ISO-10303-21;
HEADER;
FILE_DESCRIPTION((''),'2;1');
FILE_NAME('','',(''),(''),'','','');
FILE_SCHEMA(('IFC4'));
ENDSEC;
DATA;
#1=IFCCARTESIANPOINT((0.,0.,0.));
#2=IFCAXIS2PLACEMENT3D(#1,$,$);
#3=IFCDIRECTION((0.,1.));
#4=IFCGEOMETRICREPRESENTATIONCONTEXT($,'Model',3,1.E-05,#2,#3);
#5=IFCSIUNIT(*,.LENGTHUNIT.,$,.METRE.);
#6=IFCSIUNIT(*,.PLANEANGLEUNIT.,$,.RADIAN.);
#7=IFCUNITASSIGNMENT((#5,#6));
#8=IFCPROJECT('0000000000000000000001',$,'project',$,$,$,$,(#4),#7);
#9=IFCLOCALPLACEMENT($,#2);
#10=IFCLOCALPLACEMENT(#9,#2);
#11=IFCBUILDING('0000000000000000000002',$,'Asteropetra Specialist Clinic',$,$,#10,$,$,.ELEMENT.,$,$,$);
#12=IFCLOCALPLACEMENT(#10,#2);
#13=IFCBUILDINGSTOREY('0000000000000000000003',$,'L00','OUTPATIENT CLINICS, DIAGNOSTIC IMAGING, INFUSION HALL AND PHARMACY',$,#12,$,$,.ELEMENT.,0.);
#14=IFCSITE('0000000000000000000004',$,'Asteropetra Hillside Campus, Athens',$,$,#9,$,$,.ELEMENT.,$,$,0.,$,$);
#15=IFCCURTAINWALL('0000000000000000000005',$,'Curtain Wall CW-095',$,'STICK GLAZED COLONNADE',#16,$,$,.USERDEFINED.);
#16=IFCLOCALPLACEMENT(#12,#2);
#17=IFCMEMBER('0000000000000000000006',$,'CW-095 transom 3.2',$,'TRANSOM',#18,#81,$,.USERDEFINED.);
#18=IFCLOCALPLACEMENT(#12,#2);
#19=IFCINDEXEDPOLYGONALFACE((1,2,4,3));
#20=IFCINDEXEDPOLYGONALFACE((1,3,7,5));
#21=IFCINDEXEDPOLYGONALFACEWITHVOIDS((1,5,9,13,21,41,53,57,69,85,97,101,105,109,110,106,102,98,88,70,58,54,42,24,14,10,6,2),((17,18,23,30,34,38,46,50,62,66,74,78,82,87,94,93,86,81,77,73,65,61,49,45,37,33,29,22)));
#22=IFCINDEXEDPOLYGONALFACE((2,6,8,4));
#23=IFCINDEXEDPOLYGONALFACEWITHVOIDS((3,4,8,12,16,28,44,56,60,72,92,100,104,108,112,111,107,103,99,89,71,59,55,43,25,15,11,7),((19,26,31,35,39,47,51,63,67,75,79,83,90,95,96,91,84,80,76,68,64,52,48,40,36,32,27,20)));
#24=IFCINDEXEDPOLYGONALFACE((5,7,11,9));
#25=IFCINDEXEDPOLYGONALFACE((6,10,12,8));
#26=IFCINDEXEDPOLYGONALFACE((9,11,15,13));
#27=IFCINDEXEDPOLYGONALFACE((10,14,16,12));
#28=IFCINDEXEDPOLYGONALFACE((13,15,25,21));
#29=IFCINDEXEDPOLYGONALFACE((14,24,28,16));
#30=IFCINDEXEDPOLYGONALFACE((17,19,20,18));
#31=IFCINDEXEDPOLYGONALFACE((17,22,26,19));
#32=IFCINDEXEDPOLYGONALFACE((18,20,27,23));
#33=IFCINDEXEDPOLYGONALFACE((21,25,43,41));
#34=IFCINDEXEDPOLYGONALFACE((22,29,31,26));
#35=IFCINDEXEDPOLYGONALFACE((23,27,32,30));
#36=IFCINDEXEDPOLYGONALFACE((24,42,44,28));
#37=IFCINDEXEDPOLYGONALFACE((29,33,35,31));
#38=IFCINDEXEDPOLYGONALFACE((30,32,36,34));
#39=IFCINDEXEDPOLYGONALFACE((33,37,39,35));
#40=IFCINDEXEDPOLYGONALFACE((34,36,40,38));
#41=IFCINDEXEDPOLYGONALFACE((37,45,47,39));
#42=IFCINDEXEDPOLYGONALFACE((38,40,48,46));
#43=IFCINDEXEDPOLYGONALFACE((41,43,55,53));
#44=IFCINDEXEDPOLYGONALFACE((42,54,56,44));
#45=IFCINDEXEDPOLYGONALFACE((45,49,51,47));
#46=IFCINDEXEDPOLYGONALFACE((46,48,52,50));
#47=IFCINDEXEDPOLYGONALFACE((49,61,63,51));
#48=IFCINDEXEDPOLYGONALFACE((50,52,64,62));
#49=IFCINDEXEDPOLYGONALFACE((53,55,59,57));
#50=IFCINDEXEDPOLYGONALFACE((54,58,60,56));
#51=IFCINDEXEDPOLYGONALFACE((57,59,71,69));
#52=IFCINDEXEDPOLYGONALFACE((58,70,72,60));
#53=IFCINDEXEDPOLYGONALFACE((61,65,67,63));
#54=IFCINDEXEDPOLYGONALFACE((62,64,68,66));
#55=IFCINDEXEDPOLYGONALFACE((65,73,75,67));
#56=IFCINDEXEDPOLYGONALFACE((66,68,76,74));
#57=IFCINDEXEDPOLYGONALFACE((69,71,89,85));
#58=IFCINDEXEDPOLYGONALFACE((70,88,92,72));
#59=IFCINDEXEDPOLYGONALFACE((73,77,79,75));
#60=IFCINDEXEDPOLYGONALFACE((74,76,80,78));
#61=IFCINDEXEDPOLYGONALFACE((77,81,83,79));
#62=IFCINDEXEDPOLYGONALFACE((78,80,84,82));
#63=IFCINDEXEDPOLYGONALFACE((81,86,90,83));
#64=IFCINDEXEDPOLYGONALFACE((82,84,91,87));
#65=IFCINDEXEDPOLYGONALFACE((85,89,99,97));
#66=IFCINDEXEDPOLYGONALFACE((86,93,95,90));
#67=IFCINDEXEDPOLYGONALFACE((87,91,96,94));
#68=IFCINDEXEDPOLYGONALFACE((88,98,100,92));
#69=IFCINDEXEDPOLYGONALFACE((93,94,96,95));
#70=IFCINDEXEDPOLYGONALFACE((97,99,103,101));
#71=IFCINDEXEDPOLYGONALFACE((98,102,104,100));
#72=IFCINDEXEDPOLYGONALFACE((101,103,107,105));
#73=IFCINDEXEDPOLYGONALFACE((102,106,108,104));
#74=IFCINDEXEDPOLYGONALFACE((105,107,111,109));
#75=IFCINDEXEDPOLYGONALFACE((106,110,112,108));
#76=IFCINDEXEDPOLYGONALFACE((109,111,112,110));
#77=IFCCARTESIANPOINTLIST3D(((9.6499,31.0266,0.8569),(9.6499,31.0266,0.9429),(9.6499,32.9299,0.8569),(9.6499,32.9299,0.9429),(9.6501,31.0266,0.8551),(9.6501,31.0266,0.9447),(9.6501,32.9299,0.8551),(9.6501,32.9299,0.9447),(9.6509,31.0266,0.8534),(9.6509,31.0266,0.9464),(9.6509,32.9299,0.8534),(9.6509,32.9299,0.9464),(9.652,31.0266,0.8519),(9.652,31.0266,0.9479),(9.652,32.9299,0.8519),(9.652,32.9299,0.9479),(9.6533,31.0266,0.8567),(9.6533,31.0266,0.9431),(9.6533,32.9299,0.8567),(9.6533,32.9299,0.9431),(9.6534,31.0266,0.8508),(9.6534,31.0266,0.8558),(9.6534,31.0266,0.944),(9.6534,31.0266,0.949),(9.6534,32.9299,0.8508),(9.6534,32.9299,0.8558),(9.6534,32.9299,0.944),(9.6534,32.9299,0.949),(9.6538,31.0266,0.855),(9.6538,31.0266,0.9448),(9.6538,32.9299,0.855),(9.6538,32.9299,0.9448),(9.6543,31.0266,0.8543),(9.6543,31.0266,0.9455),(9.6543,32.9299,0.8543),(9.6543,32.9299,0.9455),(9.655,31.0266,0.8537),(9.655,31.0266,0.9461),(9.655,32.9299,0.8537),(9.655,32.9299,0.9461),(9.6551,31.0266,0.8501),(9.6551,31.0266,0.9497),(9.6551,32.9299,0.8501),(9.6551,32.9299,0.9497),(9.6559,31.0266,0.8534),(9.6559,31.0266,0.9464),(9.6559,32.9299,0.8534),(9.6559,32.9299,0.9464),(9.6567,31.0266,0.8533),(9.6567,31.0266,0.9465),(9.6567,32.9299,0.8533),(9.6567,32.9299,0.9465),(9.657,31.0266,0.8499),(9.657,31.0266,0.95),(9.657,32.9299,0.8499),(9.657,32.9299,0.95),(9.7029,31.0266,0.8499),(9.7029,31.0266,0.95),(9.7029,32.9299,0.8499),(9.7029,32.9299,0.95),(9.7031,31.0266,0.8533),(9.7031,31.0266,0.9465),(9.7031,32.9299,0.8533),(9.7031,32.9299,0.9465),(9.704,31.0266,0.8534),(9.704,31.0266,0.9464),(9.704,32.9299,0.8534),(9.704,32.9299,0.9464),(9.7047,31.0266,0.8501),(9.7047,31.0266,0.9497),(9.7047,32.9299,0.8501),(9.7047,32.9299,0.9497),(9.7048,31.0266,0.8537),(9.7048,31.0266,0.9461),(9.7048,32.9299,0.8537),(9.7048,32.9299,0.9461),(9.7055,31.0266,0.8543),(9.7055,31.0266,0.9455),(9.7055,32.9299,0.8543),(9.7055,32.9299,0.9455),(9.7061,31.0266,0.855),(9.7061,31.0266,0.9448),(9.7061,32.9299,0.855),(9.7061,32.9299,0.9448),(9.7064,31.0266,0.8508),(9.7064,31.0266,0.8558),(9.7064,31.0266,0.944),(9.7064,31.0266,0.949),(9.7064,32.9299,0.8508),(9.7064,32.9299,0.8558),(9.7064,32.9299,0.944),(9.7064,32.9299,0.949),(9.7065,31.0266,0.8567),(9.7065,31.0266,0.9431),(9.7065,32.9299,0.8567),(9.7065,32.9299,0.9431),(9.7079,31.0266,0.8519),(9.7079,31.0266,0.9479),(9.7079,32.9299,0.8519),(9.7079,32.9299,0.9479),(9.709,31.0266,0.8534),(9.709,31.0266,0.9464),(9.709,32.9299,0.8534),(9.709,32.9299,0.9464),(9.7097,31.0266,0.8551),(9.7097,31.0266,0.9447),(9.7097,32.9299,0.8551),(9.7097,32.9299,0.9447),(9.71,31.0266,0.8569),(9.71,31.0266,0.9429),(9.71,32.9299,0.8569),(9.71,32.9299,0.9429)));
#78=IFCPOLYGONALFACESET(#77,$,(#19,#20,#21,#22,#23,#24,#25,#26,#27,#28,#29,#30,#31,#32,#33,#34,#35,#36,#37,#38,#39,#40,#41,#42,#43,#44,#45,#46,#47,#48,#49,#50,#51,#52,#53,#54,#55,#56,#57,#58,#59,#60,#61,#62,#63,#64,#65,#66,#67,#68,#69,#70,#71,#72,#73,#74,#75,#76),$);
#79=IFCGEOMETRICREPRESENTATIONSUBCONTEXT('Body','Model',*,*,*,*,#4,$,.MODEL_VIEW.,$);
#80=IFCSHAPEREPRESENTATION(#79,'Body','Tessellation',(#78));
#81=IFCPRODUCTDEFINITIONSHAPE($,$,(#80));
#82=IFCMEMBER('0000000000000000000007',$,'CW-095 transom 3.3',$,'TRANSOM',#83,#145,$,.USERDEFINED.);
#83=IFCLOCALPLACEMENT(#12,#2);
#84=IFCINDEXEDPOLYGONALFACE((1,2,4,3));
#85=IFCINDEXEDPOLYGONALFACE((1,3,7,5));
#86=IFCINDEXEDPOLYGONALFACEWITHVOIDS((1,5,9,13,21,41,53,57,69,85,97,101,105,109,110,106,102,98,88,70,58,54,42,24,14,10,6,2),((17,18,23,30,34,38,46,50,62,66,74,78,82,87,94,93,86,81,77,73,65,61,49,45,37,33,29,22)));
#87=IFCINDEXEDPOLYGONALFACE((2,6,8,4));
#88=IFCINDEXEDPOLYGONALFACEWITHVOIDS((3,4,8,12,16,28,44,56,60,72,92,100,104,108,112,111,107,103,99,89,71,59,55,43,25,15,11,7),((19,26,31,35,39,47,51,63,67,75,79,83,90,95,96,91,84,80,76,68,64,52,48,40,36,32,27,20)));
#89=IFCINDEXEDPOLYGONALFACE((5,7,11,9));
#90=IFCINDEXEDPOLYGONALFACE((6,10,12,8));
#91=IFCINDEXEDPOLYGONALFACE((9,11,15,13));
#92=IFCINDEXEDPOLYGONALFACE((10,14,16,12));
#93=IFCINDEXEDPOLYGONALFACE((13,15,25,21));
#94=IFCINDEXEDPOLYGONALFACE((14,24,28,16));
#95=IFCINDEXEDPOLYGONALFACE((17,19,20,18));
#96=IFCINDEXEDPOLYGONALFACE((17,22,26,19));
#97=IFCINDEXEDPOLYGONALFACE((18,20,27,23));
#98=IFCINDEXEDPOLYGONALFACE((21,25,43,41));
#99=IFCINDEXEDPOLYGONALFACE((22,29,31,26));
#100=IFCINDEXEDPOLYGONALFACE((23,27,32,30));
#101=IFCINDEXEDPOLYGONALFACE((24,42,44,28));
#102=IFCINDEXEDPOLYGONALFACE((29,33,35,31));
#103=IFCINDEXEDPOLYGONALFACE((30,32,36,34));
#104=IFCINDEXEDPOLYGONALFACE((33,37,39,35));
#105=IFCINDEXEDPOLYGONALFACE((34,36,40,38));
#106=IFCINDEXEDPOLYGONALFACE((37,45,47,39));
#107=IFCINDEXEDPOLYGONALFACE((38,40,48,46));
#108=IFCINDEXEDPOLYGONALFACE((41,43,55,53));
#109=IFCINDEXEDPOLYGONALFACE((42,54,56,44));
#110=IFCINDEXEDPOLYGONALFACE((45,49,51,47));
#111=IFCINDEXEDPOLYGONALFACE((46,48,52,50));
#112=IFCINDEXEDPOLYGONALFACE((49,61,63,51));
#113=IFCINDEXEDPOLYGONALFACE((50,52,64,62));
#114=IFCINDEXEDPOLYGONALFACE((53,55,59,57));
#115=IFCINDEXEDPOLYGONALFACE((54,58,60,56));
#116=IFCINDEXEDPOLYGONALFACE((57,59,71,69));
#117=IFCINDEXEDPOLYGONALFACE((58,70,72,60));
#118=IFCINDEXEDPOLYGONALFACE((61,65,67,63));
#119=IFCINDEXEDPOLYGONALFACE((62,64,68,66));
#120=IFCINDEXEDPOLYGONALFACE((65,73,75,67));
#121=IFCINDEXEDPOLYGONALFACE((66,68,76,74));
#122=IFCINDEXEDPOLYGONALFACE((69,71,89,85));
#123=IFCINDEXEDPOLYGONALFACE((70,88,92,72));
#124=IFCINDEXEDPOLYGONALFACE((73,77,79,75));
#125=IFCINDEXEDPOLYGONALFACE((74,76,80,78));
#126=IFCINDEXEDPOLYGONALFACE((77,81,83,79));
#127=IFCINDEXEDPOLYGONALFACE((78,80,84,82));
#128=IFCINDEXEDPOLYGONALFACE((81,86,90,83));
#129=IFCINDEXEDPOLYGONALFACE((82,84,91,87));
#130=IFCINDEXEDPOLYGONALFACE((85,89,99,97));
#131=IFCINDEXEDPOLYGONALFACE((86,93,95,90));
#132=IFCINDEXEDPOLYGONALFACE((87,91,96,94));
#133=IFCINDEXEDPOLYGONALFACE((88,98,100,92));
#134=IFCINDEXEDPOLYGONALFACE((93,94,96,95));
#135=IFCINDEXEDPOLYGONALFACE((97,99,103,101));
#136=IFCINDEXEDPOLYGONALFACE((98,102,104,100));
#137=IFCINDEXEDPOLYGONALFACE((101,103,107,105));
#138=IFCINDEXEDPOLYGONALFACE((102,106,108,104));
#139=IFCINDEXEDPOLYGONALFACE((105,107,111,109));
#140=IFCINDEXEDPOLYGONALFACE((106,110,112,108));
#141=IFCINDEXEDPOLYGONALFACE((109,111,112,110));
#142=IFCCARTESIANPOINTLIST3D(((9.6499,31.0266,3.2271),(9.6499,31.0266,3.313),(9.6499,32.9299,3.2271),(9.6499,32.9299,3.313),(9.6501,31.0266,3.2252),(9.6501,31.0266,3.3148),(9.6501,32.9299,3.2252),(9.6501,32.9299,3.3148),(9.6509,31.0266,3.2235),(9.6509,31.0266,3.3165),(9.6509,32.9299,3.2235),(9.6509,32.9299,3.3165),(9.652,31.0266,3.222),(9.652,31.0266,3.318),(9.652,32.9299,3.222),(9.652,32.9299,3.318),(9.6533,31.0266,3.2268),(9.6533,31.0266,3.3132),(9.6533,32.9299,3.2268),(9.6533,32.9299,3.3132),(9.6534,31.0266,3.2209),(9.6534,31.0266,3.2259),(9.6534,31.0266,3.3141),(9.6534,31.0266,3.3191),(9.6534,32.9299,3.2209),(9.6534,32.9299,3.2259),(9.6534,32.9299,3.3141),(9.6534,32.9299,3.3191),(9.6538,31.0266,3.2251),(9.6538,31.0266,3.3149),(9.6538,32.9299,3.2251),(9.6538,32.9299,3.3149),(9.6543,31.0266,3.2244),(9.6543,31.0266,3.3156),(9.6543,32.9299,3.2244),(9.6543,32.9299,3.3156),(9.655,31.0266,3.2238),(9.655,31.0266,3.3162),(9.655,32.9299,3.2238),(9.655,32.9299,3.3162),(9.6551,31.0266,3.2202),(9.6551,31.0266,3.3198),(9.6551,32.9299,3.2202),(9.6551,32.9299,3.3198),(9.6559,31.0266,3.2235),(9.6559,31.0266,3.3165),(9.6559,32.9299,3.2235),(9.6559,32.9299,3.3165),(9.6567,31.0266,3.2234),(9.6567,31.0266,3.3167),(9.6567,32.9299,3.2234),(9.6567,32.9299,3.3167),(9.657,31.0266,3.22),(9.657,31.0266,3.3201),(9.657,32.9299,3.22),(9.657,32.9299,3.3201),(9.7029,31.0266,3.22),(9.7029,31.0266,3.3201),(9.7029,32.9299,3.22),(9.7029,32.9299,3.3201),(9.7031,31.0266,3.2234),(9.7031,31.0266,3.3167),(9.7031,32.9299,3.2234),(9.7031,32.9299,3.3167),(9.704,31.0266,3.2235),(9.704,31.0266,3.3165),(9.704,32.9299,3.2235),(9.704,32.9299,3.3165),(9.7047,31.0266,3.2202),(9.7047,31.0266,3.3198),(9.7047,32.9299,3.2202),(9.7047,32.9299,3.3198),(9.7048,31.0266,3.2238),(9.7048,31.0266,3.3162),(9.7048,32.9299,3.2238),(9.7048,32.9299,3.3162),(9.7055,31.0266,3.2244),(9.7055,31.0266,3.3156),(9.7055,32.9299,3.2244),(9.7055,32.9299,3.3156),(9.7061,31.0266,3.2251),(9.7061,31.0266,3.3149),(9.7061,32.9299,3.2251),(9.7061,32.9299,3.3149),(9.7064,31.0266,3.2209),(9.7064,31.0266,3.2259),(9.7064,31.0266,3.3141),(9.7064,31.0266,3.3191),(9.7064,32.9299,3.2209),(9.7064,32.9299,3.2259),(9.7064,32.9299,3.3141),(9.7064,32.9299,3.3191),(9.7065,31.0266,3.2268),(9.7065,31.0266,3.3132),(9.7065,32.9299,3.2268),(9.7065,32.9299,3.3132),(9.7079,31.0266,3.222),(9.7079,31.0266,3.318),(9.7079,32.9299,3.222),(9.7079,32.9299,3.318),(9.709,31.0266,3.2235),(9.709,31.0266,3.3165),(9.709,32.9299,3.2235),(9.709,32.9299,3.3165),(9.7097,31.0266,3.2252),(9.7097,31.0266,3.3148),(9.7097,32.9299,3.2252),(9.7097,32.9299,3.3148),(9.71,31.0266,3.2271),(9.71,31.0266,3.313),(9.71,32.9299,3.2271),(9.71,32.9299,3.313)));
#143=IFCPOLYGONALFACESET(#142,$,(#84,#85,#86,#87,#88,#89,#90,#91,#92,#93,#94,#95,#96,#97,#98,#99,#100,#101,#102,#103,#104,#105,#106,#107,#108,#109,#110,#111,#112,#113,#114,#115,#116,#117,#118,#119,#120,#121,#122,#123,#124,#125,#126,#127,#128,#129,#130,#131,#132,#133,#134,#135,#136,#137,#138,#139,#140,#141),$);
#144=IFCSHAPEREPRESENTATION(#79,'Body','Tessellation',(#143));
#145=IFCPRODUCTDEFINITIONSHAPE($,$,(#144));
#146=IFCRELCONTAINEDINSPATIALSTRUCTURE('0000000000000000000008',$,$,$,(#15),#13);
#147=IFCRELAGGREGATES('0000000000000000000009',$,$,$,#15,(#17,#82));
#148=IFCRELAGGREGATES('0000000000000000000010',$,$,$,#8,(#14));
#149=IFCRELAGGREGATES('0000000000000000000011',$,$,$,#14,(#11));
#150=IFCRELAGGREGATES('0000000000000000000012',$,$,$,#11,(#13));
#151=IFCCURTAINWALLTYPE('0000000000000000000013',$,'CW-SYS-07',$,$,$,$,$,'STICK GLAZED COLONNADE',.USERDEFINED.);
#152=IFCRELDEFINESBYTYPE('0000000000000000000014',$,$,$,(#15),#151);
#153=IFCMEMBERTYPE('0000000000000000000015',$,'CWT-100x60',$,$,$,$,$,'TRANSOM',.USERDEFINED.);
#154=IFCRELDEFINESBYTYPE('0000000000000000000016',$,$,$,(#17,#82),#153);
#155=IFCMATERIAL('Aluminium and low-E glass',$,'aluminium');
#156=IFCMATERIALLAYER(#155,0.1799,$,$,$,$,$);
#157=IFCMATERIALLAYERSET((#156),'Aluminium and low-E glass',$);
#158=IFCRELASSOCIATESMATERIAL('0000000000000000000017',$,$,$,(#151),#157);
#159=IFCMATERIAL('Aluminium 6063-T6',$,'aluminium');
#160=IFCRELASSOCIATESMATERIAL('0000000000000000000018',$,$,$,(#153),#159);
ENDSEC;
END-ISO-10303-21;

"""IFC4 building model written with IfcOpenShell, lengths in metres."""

from ifc_helpers import new_model, si_unit, direction, frame, origin, origin_2d, place, context, subcontext, project, spatial, hollow_rectangle, extrude, material, layer, layer_set, material_profile, profile_set, type_object, element, aggregate, save


model = new_model("IFC4")

# Units and contexts
model_context = context("Model", 3, precision=1e-05, world=origin(), true_north=direction((0.0, 1.0)))
body_context = subcontext(model_context, "Body", "Model", "MODEL_VIEW")
ifc_project = project(units=[si_unit("LENGTHUNIT", "METRE"), si_unit("PLANEANGLEUNIT", "RADIAN")], contexts=[model_context])

# Site, building, storey
site_placement = place(None, origin())
site = spatial("IfcSite", under=ifc_project, at=site_placement, Name="Asteropetra Hillside Campus, Athens", CompositionType="ELEMENT", RefElevation=0.0)
building_placement = place(site_placement, origin())
building = spatial("IfcBuilding", under=site, at=building_placement, Name="Asteropetra Specialist Clinic", CompositionType="ELEMENT")
storey_placement = place(building_placement, origin())
storey = spatial("IfcBuildingStorey", under=building, at=storey_placement, Name="L00", Description="OUTPATIENT CLINICS, DIAGNOSTIC IMAGING, INFUSION HALL AND PHARMACY", CompositionType="ELEMENT", Elevation=0.0)

# Curtain wall, members
ifc_material_1 = material(Name="Aluminium and low-E glass", Category="aluminium")
ifc_layer_1 = layer(ifc_material_1, 0.1799)
ifc_layer_set_1 = layer_set([ifc_layer_1], Name="Aluminium and low-E glass")
curtain_wall_type = type_object("IfcCurtainWallType", Name="CW-SYS-07", ElementType="STICK GLAZED COLONNADE", PredefinedType="USERDEFINED", material=ifc_layer_set_1)
curtain_wall_placement = place(storey_placement, origin())
curtain_wall = element("IfcCurtainWall", 1, at=curtain_wall_placement, inside=storey, type_object=curtain_wall_type, Name="Curtain Wall CW-095", ObjectType="STICK GLAZED COLONNADE", PredefinedType="USERDEFINED")
ifc_material_2 = material(Name="Aluminium 6063-T6", Category="aluminium")
ifc_material_profile_1 = material_profile(ifc_material_2, hollow_rectangle(XDim=0.0601, YDim=0.1001, WallThickness=0.0034, InnerFilletRadius=0.0034, OuterFilletRadius=0.0071, at=origin_2d()), Name="TRN 100x60x3.5")
ifc_profile_set_1 = profile_set([ifc_material_profile_1], Name="Aluminium 6063-T6")
member_type_1 = type_object("IfcMemberType", Name="CWT-100x60", ElementType="TRANSOM", PredefinedType="USERDEFINED", material=ifc_profile_set_1)
member_1_placement = place(storey_placement, frame((9.6799, 31.0266, 0.8999), z_axis=(0.0, 1.0, 0.0), x_axis=(-1.0, 0.0, 0.0)))
member_1 = element("IfcMember", 2, at=member_1_placement, type_object=member_type_1, Name="CW-095 transom 3.2", ObjectType="TRANSOM", PredefinedType="USERDEFINED", context=body_context, shape_type="SweptSolid", body=[
    extrude(hollow_rectangle(XDim=0.0601, YDim=0.1001, WallThickness=0.0034, InnerFilletRadius=0.0034, OuterFilletRadius=0.0071, at=origin_2d()), origin(), (0.0, 0.0, 1.0), 1.9033),
])
member_2_placement = place(storey_placement, frame((9.6799, 31.0266, 3.27), z_axis=(0.0, 1.0, 0.0), x_axis=(-1.0, 0.0, 0.0)))
member_2 = element("IfcMember", 3, at=member_2_placement, type_object=member_type_1, Name="CW-095 transom 3.3", ObjectType="TRANSOM", PredefinedType="USERDEFINED", context=body_context, shape_type="SweptSolid", body=[
    extrude(hollow_rectangle(XDim=0.0601, YDim=0.1001, WallThickness=0.0034, InnerFilletRadius=0.0034, OuterFilletRadius=0.0071, at=origin_2d()), origin(), (0.0, 0.0, 1.0), 1.9033),
])

aggregate(curtain_wall, [member_1, member_2])

save(model, "model.ifc")
